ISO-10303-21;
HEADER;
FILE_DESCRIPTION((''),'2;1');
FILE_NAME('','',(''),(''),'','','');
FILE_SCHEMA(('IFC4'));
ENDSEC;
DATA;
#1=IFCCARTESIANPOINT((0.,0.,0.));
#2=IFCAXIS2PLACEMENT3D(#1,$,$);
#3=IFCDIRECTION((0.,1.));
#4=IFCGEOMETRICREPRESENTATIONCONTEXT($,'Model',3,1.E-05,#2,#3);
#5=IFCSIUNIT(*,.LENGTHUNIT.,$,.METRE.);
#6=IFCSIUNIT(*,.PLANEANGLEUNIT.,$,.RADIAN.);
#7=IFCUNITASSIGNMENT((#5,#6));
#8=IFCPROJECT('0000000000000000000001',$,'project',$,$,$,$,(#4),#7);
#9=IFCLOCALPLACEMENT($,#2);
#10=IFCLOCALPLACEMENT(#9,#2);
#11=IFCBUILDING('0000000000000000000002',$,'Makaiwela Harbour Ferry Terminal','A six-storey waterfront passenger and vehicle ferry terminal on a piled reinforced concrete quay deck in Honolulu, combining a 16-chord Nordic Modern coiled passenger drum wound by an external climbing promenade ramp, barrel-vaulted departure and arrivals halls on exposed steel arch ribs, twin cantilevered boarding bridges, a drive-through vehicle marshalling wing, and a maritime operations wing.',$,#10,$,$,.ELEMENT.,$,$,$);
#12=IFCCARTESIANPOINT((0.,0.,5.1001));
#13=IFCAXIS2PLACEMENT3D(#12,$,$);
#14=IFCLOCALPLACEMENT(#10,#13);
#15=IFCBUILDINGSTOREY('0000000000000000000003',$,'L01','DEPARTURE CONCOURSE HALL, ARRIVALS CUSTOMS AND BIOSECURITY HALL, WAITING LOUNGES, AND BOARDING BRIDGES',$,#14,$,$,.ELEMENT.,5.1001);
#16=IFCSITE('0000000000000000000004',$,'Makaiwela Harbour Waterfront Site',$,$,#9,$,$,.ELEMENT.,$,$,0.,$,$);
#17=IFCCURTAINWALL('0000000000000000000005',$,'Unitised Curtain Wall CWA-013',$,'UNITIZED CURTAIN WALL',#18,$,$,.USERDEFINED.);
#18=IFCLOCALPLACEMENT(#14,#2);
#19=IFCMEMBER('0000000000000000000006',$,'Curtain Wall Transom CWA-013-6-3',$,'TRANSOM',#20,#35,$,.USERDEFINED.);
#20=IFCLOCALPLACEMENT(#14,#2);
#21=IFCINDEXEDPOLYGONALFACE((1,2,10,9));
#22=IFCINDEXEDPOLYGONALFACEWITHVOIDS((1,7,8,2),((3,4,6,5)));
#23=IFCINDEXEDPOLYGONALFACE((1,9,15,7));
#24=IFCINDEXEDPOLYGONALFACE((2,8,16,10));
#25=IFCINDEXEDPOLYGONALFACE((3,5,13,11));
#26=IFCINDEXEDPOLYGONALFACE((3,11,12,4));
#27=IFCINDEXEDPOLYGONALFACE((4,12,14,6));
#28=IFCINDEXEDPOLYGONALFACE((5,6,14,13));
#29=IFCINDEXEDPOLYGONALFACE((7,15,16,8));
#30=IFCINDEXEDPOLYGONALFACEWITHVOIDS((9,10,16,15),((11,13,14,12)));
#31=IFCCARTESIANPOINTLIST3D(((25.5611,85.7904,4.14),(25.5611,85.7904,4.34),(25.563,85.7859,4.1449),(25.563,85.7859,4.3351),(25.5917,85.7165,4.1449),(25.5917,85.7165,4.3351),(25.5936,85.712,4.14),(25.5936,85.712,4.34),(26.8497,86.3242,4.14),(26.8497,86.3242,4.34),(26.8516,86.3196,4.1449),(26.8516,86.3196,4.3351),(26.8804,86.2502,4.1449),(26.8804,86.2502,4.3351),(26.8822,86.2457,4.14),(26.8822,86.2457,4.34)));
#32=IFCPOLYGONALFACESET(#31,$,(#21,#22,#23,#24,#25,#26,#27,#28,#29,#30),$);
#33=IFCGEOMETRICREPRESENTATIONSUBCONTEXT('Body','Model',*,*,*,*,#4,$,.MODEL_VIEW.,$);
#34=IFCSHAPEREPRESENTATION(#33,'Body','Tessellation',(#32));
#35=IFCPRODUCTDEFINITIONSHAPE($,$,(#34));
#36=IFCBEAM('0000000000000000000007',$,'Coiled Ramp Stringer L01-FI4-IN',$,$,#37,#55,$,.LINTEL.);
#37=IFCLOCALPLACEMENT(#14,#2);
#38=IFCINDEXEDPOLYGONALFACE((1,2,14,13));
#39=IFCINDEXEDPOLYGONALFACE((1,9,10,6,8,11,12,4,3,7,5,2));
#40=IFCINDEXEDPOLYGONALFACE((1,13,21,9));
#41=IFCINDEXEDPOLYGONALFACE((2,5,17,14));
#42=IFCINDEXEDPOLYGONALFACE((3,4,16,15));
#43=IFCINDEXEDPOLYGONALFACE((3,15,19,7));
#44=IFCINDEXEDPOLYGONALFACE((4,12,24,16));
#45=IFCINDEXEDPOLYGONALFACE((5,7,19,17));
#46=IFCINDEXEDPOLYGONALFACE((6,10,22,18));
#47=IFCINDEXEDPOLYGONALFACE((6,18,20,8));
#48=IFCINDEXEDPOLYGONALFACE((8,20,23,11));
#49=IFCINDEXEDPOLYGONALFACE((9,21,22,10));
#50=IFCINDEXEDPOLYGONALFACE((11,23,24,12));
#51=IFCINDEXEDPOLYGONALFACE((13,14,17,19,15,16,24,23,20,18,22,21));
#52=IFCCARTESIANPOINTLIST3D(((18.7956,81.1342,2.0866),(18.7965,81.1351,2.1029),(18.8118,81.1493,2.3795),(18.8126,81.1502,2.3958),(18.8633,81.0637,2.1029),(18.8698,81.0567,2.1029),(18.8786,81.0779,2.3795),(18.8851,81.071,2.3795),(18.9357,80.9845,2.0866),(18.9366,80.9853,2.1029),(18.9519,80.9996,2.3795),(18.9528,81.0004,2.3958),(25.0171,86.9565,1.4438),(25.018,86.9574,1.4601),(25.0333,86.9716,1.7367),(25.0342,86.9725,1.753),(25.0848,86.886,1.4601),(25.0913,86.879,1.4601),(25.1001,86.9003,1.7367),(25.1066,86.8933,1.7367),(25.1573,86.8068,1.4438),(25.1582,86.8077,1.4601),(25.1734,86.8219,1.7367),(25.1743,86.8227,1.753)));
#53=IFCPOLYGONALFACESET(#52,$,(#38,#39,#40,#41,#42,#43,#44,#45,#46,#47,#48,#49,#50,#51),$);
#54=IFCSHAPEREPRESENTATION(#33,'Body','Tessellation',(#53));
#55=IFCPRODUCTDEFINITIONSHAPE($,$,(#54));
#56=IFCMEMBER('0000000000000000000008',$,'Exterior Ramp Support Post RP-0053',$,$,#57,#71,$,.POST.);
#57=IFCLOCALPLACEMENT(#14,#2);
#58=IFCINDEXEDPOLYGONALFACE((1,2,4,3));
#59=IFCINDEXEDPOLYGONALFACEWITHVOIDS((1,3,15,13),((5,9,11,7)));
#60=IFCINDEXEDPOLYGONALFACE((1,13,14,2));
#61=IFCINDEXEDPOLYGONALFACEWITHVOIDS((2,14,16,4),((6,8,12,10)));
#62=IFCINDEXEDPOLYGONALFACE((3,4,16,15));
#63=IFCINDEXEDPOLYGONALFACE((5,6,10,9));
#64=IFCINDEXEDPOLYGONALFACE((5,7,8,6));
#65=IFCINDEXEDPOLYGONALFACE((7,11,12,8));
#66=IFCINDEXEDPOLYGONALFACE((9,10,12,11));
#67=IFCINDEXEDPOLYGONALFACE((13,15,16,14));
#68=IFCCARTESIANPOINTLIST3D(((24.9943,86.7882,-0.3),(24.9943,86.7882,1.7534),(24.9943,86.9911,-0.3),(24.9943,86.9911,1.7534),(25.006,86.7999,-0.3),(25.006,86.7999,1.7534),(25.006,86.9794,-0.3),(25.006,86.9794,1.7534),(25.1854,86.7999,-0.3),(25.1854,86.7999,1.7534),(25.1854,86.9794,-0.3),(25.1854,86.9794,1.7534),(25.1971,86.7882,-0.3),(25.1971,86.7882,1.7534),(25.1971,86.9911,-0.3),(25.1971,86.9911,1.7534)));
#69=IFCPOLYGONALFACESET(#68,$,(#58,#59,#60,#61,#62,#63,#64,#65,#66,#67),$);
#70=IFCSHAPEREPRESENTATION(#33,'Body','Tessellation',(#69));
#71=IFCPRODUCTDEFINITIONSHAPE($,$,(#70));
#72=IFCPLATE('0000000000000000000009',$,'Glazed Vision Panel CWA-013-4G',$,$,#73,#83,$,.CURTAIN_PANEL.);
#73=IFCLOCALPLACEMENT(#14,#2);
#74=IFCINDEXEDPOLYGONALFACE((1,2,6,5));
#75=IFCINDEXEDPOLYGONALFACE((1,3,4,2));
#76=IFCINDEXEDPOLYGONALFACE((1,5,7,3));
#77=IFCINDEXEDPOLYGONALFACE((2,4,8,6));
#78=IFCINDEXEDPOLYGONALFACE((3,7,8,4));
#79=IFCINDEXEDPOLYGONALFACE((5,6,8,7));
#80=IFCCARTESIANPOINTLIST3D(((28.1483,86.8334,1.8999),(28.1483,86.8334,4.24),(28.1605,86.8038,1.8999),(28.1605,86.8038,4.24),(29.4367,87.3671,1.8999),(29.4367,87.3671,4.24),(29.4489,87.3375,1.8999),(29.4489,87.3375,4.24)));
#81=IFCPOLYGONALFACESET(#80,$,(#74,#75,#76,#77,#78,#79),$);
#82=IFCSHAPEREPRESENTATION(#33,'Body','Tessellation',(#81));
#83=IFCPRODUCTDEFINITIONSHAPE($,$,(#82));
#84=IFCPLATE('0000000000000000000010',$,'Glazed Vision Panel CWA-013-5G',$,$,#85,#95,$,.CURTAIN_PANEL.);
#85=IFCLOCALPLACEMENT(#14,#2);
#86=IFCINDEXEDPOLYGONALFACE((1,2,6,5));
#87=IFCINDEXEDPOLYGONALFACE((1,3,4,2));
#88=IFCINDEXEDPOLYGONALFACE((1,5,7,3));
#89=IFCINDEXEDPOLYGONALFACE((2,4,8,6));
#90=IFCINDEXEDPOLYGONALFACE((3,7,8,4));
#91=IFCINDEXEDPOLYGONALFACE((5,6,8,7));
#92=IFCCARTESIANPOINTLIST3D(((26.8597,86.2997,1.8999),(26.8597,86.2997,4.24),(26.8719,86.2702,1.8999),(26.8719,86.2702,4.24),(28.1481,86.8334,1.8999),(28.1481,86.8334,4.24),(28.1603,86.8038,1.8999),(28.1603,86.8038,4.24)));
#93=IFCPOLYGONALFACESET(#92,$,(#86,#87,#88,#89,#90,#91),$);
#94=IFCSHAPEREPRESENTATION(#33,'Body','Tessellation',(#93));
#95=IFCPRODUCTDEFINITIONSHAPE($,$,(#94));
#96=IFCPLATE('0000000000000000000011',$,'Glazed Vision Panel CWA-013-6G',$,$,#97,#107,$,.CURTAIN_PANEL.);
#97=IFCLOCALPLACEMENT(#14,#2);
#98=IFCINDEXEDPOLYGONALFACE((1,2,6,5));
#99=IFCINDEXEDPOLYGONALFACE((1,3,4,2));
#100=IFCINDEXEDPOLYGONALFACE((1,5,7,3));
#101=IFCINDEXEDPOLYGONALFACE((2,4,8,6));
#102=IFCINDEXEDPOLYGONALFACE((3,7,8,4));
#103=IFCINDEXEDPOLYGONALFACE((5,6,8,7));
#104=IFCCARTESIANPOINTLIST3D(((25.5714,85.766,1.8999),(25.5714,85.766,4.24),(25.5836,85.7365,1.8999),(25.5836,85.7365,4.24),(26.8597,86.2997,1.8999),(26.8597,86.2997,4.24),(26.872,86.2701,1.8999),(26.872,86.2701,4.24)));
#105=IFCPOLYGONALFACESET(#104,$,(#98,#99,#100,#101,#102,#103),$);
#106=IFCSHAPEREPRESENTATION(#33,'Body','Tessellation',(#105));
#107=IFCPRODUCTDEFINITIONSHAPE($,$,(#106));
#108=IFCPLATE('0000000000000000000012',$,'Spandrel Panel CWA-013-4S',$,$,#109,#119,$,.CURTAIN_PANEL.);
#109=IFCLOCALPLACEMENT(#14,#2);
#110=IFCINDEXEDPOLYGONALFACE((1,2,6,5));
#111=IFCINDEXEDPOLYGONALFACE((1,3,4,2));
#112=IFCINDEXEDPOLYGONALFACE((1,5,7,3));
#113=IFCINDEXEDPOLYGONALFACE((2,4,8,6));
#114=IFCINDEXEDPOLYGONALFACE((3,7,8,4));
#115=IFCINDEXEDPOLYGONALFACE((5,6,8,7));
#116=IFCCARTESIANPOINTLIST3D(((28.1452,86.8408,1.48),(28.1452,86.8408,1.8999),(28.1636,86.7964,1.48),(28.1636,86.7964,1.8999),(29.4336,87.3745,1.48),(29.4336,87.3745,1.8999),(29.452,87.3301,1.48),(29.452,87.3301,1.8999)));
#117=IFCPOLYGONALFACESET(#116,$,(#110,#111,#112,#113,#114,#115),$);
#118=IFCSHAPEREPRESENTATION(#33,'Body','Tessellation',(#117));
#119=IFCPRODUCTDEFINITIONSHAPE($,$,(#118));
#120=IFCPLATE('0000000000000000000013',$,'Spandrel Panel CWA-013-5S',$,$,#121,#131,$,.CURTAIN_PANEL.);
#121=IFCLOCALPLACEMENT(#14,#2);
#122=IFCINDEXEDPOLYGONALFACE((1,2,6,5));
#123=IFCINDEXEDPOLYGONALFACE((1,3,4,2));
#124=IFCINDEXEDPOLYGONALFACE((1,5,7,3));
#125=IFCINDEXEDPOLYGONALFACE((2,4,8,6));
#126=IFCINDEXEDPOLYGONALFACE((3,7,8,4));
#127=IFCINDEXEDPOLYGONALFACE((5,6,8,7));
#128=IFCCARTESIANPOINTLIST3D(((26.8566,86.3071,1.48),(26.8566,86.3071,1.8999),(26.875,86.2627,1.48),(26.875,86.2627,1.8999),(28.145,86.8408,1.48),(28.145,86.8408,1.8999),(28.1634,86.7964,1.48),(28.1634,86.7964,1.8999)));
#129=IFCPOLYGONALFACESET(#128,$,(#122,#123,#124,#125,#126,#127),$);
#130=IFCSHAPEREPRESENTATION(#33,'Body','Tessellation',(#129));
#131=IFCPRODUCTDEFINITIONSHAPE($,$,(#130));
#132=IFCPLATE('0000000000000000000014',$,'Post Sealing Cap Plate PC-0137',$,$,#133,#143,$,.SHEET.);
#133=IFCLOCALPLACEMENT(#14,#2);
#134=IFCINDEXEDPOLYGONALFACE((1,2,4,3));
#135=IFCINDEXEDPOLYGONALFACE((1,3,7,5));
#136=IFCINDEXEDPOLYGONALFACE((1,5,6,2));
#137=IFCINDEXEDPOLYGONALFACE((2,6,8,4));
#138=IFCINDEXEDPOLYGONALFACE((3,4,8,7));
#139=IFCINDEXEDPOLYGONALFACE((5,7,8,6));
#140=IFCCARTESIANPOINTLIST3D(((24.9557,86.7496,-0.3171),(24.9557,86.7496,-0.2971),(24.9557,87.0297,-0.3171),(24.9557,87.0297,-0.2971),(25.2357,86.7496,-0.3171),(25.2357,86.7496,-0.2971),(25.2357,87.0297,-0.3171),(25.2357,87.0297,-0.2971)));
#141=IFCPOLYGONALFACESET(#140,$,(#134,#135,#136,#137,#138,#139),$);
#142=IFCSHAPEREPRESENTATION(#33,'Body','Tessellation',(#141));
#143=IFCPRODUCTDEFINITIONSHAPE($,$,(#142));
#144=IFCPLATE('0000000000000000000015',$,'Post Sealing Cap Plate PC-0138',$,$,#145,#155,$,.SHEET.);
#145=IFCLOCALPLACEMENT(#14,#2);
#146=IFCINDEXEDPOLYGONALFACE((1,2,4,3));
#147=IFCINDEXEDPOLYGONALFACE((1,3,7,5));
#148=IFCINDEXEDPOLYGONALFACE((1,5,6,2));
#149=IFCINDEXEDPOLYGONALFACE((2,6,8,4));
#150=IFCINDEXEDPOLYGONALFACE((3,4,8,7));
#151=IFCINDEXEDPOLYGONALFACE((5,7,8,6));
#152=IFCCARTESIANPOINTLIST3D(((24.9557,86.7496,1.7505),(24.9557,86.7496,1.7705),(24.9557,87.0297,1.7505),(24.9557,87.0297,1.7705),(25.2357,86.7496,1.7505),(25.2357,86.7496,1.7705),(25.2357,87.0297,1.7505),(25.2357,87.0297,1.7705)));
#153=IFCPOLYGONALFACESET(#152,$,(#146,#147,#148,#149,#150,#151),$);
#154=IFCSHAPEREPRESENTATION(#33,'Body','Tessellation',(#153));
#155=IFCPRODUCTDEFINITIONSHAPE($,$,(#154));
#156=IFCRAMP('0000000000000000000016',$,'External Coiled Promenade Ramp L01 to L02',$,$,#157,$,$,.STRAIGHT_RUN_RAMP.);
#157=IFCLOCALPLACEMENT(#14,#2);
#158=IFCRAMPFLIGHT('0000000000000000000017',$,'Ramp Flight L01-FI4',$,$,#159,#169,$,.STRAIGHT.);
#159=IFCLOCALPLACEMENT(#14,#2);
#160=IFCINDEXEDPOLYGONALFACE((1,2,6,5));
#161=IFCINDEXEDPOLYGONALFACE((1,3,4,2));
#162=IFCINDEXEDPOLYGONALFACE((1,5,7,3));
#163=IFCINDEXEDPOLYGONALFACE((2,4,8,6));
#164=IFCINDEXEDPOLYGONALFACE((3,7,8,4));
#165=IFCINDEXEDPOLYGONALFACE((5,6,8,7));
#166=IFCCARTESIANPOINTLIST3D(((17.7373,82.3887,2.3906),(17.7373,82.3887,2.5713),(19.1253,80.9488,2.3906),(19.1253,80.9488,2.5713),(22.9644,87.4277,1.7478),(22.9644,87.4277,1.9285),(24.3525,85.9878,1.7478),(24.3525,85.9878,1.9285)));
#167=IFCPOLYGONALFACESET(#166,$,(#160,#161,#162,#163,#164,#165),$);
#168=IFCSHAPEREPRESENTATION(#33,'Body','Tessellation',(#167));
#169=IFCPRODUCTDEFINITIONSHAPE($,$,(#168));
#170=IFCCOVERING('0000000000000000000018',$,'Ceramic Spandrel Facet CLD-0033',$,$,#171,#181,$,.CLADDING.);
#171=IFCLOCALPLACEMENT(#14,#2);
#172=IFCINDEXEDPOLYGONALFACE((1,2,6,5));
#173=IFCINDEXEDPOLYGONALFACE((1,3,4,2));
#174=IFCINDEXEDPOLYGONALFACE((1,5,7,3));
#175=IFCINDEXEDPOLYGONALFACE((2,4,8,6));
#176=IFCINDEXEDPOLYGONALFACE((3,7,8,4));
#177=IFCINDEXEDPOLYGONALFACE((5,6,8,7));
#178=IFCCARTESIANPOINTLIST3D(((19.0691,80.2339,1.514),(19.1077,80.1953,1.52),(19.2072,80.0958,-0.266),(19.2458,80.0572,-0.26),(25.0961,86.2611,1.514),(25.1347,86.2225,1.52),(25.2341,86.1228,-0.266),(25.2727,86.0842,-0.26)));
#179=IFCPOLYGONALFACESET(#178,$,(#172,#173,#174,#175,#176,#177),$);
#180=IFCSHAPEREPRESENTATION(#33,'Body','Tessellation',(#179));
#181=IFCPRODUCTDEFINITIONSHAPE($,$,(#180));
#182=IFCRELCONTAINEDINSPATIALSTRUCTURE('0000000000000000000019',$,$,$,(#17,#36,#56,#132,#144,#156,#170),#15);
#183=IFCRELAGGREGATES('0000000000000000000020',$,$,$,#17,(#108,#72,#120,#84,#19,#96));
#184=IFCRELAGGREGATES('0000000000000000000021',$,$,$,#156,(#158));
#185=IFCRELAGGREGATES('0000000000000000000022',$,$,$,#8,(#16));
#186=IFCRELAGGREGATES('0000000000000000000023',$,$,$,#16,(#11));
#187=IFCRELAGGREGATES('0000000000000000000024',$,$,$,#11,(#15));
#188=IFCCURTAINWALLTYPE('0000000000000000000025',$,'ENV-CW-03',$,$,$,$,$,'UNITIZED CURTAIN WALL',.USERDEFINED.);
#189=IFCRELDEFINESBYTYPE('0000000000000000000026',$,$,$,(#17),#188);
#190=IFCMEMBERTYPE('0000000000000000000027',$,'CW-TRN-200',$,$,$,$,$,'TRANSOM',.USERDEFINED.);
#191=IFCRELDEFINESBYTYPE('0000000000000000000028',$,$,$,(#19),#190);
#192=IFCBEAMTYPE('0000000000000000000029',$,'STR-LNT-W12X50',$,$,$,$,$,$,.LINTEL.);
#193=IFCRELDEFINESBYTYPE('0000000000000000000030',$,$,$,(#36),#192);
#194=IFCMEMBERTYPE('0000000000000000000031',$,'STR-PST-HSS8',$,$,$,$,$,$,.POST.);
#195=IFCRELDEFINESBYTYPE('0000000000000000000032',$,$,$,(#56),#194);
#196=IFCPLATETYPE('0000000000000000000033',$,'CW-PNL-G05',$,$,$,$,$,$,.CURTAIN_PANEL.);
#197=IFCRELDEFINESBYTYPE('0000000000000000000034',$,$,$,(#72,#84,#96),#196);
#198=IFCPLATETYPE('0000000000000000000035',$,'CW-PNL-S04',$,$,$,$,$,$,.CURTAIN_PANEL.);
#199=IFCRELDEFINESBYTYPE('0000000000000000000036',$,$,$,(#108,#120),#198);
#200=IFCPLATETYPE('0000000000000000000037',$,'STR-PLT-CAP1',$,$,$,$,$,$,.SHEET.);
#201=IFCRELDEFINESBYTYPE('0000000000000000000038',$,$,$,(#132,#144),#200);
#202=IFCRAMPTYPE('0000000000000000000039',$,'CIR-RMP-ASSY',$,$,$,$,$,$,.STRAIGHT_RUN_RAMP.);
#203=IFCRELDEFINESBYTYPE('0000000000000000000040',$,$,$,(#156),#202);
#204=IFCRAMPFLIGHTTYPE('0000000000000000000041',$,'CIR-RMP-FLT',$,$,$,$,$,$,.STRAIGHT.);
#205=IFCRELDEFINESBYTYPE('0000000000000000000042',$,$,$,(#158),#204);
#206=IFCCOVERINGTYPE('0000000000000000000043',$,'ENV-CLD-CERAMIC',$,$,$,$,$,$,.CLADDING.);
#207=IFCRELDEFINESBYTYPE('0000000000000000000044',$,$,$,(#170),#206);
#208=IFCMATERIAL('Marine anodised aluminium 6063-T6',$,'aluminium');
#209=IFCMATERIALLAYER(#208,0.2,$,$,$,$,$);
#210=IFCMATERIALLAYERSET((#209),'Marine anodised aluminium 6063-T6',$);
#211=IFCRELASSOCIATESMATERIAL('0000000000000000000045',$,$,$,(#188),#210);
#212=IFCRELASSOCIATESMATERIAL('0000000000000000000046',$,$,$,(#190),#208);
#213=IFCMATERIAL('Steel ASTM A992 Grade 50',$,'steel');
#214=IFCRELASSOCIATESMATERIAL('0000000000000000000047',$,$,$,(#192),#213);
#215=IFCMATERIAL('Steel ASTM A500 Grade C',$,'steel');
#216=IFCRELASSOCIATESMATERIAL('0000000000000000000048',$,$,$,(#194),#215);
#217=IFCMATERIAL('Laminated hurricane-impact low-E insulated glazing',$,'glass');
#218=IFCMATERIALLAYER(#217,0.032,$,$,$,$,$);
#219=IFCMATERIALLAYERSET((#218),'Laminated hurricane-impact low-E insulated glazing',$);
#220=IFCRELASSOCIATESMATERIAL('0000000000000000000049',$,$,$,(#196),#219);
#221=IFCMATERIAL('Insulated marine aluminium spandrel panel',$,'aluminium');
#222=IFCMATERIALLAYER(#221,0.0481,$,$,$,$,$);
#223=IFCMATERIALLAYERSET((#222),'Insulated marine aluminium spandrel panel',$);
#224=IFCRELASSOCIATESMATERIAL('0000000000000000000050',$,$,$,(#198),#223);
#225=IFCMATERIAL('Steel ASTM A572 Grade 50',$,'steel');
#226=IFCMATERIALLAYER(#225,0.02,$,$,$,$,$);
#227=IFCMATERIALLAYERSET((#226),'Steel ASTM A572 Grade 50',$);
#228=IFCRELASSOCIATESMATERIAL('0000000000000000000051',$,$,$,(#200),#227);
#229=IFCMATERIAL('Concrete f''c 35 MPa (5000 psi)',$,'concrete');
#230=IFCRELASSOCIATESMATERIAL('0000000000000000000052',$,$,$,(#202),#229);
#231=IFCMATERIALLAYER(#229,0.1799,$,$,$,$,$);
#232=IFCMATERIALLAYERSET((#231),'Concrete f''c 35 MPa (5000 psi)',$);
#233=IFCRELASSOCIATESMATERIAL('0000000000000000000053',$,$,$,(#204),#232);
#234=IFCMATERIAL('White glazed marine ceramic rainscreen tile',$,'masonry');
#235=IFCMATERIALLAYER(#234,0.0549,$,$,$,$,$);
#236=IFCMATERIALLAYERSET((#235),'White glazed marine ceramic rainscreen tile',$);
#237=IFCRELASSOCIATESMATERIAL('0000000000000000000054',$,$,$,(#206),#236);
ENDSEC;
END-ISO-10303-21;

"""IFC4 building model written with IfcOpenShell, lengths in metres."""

from ifc_helpers import new_model, si_unit, direction, frame, origin, origin_2d, place, context, subcontext, project, spatial, polyline, rectangle, hollow_rectangle, i_section, outline, extrude, material, layer, layer_set, material_profile, profile_set, type_object, element, aggregate, save


model = new_model("IFC4")

# Units and contexts
model_context = context("Model", 3, precision=1e-05, world=origin(), true_north=direction((0.0, 1.0)))
body_context = subcontext(model_context, "Body", "Model", "MODEL_VIEW")
ifc_project = project(units=[si_unit("LENGTHUNIT", "METRE"), si_unit("PLANEANGLEUNIT", "RADIAN")], contexts=[model_context])

# Site, building, storey
site_placement = place(None, origin())
site = spatial("IfcSite", under=ifc_project, at=site_placement, Name="Makaiwela Harbour Waterfront Site", CompositionType="ELEMENT", RefElevation=0.0)
building_placement = place(site_placement, origin())
building = spatial("IfcBuilding", under=site, at=building_placement, Name="Makaiwela Harbour Ferry Terminal", Description="A six-storey waterfront passenger and vehicle ferry terminal on a piled reinforced concrete quay deck in Honolulu, combining a 16-chord Nordic Modern coiled passenger drum wound by an external climbing promenade ramp, barrel-vaulted departure and arrivals halls on exposed steel arch ribs, twin cantilevered boarding bridges, a drive-through vehicle marshalling wing, and a maritime operations wing.", CompositionType="ELEMENT")
storey_placement = place(building_placement, frame((0.0, 0.0, 5.1001)))
storey = spatial("IfcBuildingStorey", under=building, at=storey_placement, Name="L01", Description="DEPARTURE CONCOURSE HALL, ARRIVALS CUSTOMS AND BIOSECURITY HALL, WAITING LOUNGES, AND BOARDING BRIDGES", CompositionType="ELEMENT", Elevation=5.1001)

# Curtain wall, member
ifc_material_1 = material(Name="Marine anodised aluminium 6063-T6", Category="aluminium")
ifc_layer_1 = layer(ifc_material_1, 0.2)
ifc_layer_set_1 = layer_set([ifc_layer_1], Name="Marine anodised aluminium 6063-T6")
curtain_wall_type = type_object("IfcCurtainWallType", Name="ENV-CW-03", ElementType="UNITIZED CURTAIN WALL", PredefinedType="USERDEFINED", material=ifc_layer_set_1)
curtain_wall_placement = place(storey_placement, origin())
curtain_wall = element("IfcCurtainWall", 1, at=curtain_wall_placement, inside=storey, type_object=curtain_wall_type, Name="Unitised Curtain Wall CWA-013", ObjectType="UNITIZED CURTAIN WALL", PredefinedType="USERDEFINED")
ifc_material_profile_1 = material_profile(ifc_material_1, hollow_rectangle(XDim=0.085, YDim=0.2, WallThickness=0.0049, at=origin_2d()), Name="CWT-200X85")
ifc_profile_set_1 = profile_set([ifc_material_profile_1], Name="Marine anodised aluminium 6063-T6")
member_type_1 = type_object("IfcMemberType", Name="CW-TRN-200", ElementType="TRANSOM", PredefinedType="USERDEFINED", material=ifc_profile_set_1)
member_1_placement = place(storey_placement, frame((26.866, 86.2849, 4.24), z_axis=(-0.923893, -0.382651, 0.0), x_axis=(0.382651, -0.923893, 0.0)))
member_1 = element("IfcMember", 2, at=member_1_placement, type_object=member_type_1, Name="Curtain Wall Transom CWA-013-6-3", ObjectType="TRANSOM", PredefinedType="USERDEFINED", context=body_context, shape_type="SweptSolid", body=[
    extrude(hollow_rectangle(XDim=0.085, YDim=0.2, WallThickness=0.0049, at=origin_2d()), origin(), (0.0, 0.0, 1.0), 1.3948),
])

# Beam
ifc_material_2 = material(Name="Steel ASTM A992 Grade 50", Category="steel")
ifc_material_profile_2 = material_profile(ifc_material_2, i_section(OverallWidth=0.2051, OverallDepth=0.3101, WebThickness=0.0095, FlangeThickness=0.0164, at=origin_2d()), Name="W12X50")
ifc_profile_set_2 = profile_set([ifc_material_profile_2], Name="Steel ASTM A992 Grade 50")
beam_type = type_object("IfcBeamType", Name="STR-LNT-W12X50", PredefinedType="LINTEL", material=ifc_profile_set_2)
beam_placement = place(storey_placement, frame((25.0957, 86.8896, 1.5984), z_axis=(-0.728073, -0.681359, 0.075227), x_axis=(0.683296, -0.730142, 0.0)))
element("IfcBeam", 3, at=beam_placement, inside=storey, type_object=beam_type, Name="Coiled Ramp Stringer L01-FI4-IN", PredefinedType="LINTEL", context=body_context, shape_type="SweptSolid", body=[
    extrude(i_section(OverallWidth=0.2051, OverallDepth=0.3101, WebThickness=0.0095, FlangeThickness=0.0164, at=origin_2d()), origin(), (0.0, 0.0, 1.0), 8.5452),
])

# Member
ifc_material_3 = material(Name="Steel ASTM A500 Grade C", Category="steel")
ifc_material_profile_3 = material_profile(ifc_material_3, hollow_rectangle(XDim=0.2029, YDim=0.2029, WallThickness=0.0117, at=origin_2d()), Name="HSS8X8X1/2")
ifc_profile_set_3 = profile_set([ifc_material_profile_3], Name="Steel ASTM A500 Grade C")
member_type_2 = type_object("IfcMemberType", Name="STR-PST-HSS8", PredefinedType="POST", material=ifc_profile_set_3)
member_2_placement = place(storey_placement, frame((25.0957, 86.8896, -0.3), z_axis=(0.0, 0.0, 1.0), x_axis=(1.0, 0.0, 0.0)))
element("IfcMember", 4, at=member_2_placement, inside=storey, type_object=member_type_2, Name="Exterior Ramp Support Post RP-0053", PredefinedType="POST", context=body_context, shape_type="SweptSolid", body=[
    extrude(hollow_rectangle(XDim=0.2029, YDim=0.2029, WallThickness=0.0117, at=origin_2d()), origin(), (0.0, 0.0, 1.0), 2.0535),
])

# Plates
ifc_material_4 = material(Name="Laminated hurricane-impact low-E insulated glazing", Category="glass")
ifc_layer_2 = layer(ifc_material_4, 0.032)
ifc_layer_set_2 = layer_set([ifc_layer_2], Name="Laminated hurricane-impact low-E insulated glazing")
plate_type_1 = type_object("IfcPlateType", Name="CW-PNL-G05", PredefinedType="CURTAIN_PANEL", material=ifc_layer_set_2)
plate_1_placement = place(storey_placement, frame((28.7986, 87.0854, 1.8999), z_axis=(0.0, 0.0, 1.0), x_axis=(-0.92388, -0.382683, 0.0)))
plate_1 = element("IfcPlate", 5, at=plate_1_placement, type_object=plate_type_1, Name="Glazed Vision Panel CWA-013-4G", PredefinedType="CURTAIN_PANEL", context=body_context, shape_type="SweptSolid", body=[
    extrude(rectangle(XDim=1.3945, YDim=0.032, at=origin_2d()), origin(), (0.0, 0.0, 1.0), 2.3401),
])
plate_2_placement = place(storey_placement, frame((27.51, 86.5518, 1.8999), z_axis=(0.0, 0.0, 1.0), x_axis=(-0.92388, -0.382683, 0.0)))
plate_2 = element("IfcPlate", 6, at=plate_2_placement, type_object=plate_type_1, Name="Glazed Vision Panel CWA-013-5G", PredefinedType="CURTAIN_PANEL", context=body_context, shape_type="SweptSolid", body=[
    extrude(rectangle(XDim=1.3945, YDim=0.032, at=origin_2d()), origin(), (0.0, 0.0, 1.0), 2.3401),
])
plate_3_placement = place(storey_placement, frame((26.2217, 86.0181, 1.8999), z_axis=(0.0, 0.0, 1.0), x_axis=(-0.92388, -0.382683, 0.0)))
plate_3 = element("IfcPlate", 7, at=plate_3_placement, type_object=plate_type_1, Name="Glazed Vision Panel CWA-013-6G", PredefinedType="CURTAIN_PANEL", context=body_context, shape_type="SweptSolid", body=[
    extrude(rectangle(XDim=1.3945, YDim=0.032, at=origin_2d()), origin(), (0.0, 0.0, 1.0), 2.3401),
])
ifc_material_5 = material(Name="Insulated marine aluminium spandrel panel", Category="aluminium")
ifc_layer_3 = layer(ifc_material_5, 0.0481)
ifc_layer_set_3 = layer_set([ifc_layer_3], Name="Insulated marine aluminium spandrel panel")
plate_type_2 = type_object("IfcPlateType", Name="CW-PNL-S04", PredefinedType="CURTAIN_PANEL", material=ifc_layer_set_3)
plate_4_placement = place(storey_placement, frame((28.7986, 87.0854, 1.48), z_axis=(0.0, 0.0, 1.0), x_axis=(-0.92388, -0.382683, 0.0)))
plate_4 = element("IfcPlate", 8, at=plate_4_placement, type_object=plate_type_2, Name="Spandrel Panel CWA-013-4S", PredefinedType="CURTAIN_PANEL", context=body_context, shape_type="SweptSolid", body=[
    extrude(rectangle(XDim=1.3945, YDim=0.0481, at=origin_2d()), origin(), (0.0, 0.0, 1.0), 0.4199),
])
plate_5_placement = place(storey_placement, frame((27.51, 86.5518, 1.48), z_axis=(0.0, 0.0, 1.0), x_axis=(-0.92388, -0.382683, 0.0)))
plate_5 = element("IfcPlate", 9, at=plate_5_placement, type_object=plate_type_2, Name="Spandrel Panel CWA-013-5S", PredefinedType="CURTAIN_PANEL", context=body_context, shape_type="SweptSolid", body=[
    extrude(rectangle(XDim=1.3945, YDim=0.0481, at=origin_2d()), origin(), (0.0, 0.0, 1.0), 0.4199),
])
aggregate(curtain_wall, [plate_4, plate_1, plate_5, plate_2, member_1, plate_3])

# Plates
ifc_material_6 = material(Name="Steel ASTM A572 Grade 50", Category="steel")
ifc_layer_4 = layer(ifc_material_6, 0.02)
ifc_layer_set_4 = layer_set([ifc_layer_4], Name="Steel ASTM A572 Grade 50")
plate_type_3 = type_object("IfcPlateType", Name="STR-PLT-CAP1", PredefinedType="SHEET", material=ifc_layer_set_4)
for number, where, z_axis, x_axis, name in (
    (10, (25.0957, 86.8896, -0.3171), (0.0, 0.0, 1.0), (1.0, 0.0, 0.0), "Post Sealing Cap Plate PC-0137"),
    (11, (25.0957, 86.8896, 1.7505), (0.0, 0.0, 1.0), (1.0, 0.0, 0.0), "Post Sealing Cap Plate PC-0138"),
):
    element("IfcPlate", number, at=place(storey_placement, frame(where, z_axis=z_axis, x_axis=x_axis)), inside=storey, type_object=plate_type_3, Name=name, PredefinedType="SHEET", context=body_context, shape_type="SweptSolid", body=[
        extrude(rectangle(XDim=0.28, YDim=0.28, at=origin_2d()), origin(), (0.0, 0.0, 1.0), 0.02),
    ])

# Ramp, ramp flight
ifc_material_7 = material(Name="Concrete f'c 35 MPa (5000 psi)", Category="concrete")
ramp_type = type_object("IfcRampType", Name="CIR-RMP-ASSY", PredefinedType="STRAIGHT_RUN_RAMP", material=ifc_material_7)
ramp_placement = place(storey_placement, origin())
ramp = element("IfcRamp", 12, at=ramp_placement, inside=storey, type_object=ramp_type, Name="External Coiled Promenade Ramp L01 to L02", PredefinedType="STRAIGHT_RUN_RAMP")
ifc_layer_5 = layer(ifc_material_7, 0.1799)
ifc_layer_set_5 = layer_set([ifc_layer_5], Name="Concrete f'c 35 MPa (5000 psi)")
ramp_flight_type = type_object("IfcRampFlightType", Name="CIR-RMP-FLT", PredefinedType="STRAIGHT", material=ifc_layer_set_5)
ramp_flight_placement = place(storey_placement, frame((23.6584, 86.7078, 1.9285), z_axis=(0.0, 0.0, 1.0), x_axis=(-0.719946, -0.69403, 0.0)))
ramp_flight = element("IfcRampFlight", 13, at=ramp_flight_placement, type_object=ramp_flight_type, Name="Ramp Flight L01-FI4", PredefinedType="STRAIGHT", context=body_context, shape_type="SweptSolid", body=[
    extrude(outline(polyline([(0.0, 0.0), (7.2605, 0.6428), (7.2605, 0.4622), (0.0, -0.1807), (0.0, 0.0)])), frame((0.0, 1.0, 0.0), z_axis=(0.0, -1.0, 0.0), x_axis=(1.0, 0.0, 0.0)), (0.0, 0.0, 1.0), 2.0),
])
aggregate(ramp, [ramp_flight])

# Covering
ifc_material_8 = material(Name="White glazed marine ceramic rainscreen tile", Category="masonry")
ifc_layer_6 = layer(ifc_material_8, 0.0549)
ifc_layer_set_6 = layer_set([ifc_layer_6], Name="White glazed marine ceramic rainscreen tile")
covering_type = type_object("IfcCoveringType", Name="ENV-CLD-CERAMIC", PredefinedType="CLADDING", material=ifc_layer_set_6)
covering_placement = place(storey_placement, frame((25.2727, 86.0842, -0.26), z_axis=(0.702894, -0.70288, 0.109082), x_axis=(-0.7071, -0.707114, -0.000001)))
element("IfcCovering", 14, at=covering_placement, inside=storey, type_object=covering_type, Name="Ceramic Spandrel Facet CLD-0033", PredefinedType="CLADDING", context=body_context, shape_type="SweptSolid", body=[
    extrude(outline(polyline([(0.0, 0.0), (8.5234, 0.0), (8.5234, -1.7907), (-0.0002, -1.7907), (0.0, 0.0)])), origin(), (0.0, 0.0, -1.0), 0.0549),
])

save(model, "model.ifc")
